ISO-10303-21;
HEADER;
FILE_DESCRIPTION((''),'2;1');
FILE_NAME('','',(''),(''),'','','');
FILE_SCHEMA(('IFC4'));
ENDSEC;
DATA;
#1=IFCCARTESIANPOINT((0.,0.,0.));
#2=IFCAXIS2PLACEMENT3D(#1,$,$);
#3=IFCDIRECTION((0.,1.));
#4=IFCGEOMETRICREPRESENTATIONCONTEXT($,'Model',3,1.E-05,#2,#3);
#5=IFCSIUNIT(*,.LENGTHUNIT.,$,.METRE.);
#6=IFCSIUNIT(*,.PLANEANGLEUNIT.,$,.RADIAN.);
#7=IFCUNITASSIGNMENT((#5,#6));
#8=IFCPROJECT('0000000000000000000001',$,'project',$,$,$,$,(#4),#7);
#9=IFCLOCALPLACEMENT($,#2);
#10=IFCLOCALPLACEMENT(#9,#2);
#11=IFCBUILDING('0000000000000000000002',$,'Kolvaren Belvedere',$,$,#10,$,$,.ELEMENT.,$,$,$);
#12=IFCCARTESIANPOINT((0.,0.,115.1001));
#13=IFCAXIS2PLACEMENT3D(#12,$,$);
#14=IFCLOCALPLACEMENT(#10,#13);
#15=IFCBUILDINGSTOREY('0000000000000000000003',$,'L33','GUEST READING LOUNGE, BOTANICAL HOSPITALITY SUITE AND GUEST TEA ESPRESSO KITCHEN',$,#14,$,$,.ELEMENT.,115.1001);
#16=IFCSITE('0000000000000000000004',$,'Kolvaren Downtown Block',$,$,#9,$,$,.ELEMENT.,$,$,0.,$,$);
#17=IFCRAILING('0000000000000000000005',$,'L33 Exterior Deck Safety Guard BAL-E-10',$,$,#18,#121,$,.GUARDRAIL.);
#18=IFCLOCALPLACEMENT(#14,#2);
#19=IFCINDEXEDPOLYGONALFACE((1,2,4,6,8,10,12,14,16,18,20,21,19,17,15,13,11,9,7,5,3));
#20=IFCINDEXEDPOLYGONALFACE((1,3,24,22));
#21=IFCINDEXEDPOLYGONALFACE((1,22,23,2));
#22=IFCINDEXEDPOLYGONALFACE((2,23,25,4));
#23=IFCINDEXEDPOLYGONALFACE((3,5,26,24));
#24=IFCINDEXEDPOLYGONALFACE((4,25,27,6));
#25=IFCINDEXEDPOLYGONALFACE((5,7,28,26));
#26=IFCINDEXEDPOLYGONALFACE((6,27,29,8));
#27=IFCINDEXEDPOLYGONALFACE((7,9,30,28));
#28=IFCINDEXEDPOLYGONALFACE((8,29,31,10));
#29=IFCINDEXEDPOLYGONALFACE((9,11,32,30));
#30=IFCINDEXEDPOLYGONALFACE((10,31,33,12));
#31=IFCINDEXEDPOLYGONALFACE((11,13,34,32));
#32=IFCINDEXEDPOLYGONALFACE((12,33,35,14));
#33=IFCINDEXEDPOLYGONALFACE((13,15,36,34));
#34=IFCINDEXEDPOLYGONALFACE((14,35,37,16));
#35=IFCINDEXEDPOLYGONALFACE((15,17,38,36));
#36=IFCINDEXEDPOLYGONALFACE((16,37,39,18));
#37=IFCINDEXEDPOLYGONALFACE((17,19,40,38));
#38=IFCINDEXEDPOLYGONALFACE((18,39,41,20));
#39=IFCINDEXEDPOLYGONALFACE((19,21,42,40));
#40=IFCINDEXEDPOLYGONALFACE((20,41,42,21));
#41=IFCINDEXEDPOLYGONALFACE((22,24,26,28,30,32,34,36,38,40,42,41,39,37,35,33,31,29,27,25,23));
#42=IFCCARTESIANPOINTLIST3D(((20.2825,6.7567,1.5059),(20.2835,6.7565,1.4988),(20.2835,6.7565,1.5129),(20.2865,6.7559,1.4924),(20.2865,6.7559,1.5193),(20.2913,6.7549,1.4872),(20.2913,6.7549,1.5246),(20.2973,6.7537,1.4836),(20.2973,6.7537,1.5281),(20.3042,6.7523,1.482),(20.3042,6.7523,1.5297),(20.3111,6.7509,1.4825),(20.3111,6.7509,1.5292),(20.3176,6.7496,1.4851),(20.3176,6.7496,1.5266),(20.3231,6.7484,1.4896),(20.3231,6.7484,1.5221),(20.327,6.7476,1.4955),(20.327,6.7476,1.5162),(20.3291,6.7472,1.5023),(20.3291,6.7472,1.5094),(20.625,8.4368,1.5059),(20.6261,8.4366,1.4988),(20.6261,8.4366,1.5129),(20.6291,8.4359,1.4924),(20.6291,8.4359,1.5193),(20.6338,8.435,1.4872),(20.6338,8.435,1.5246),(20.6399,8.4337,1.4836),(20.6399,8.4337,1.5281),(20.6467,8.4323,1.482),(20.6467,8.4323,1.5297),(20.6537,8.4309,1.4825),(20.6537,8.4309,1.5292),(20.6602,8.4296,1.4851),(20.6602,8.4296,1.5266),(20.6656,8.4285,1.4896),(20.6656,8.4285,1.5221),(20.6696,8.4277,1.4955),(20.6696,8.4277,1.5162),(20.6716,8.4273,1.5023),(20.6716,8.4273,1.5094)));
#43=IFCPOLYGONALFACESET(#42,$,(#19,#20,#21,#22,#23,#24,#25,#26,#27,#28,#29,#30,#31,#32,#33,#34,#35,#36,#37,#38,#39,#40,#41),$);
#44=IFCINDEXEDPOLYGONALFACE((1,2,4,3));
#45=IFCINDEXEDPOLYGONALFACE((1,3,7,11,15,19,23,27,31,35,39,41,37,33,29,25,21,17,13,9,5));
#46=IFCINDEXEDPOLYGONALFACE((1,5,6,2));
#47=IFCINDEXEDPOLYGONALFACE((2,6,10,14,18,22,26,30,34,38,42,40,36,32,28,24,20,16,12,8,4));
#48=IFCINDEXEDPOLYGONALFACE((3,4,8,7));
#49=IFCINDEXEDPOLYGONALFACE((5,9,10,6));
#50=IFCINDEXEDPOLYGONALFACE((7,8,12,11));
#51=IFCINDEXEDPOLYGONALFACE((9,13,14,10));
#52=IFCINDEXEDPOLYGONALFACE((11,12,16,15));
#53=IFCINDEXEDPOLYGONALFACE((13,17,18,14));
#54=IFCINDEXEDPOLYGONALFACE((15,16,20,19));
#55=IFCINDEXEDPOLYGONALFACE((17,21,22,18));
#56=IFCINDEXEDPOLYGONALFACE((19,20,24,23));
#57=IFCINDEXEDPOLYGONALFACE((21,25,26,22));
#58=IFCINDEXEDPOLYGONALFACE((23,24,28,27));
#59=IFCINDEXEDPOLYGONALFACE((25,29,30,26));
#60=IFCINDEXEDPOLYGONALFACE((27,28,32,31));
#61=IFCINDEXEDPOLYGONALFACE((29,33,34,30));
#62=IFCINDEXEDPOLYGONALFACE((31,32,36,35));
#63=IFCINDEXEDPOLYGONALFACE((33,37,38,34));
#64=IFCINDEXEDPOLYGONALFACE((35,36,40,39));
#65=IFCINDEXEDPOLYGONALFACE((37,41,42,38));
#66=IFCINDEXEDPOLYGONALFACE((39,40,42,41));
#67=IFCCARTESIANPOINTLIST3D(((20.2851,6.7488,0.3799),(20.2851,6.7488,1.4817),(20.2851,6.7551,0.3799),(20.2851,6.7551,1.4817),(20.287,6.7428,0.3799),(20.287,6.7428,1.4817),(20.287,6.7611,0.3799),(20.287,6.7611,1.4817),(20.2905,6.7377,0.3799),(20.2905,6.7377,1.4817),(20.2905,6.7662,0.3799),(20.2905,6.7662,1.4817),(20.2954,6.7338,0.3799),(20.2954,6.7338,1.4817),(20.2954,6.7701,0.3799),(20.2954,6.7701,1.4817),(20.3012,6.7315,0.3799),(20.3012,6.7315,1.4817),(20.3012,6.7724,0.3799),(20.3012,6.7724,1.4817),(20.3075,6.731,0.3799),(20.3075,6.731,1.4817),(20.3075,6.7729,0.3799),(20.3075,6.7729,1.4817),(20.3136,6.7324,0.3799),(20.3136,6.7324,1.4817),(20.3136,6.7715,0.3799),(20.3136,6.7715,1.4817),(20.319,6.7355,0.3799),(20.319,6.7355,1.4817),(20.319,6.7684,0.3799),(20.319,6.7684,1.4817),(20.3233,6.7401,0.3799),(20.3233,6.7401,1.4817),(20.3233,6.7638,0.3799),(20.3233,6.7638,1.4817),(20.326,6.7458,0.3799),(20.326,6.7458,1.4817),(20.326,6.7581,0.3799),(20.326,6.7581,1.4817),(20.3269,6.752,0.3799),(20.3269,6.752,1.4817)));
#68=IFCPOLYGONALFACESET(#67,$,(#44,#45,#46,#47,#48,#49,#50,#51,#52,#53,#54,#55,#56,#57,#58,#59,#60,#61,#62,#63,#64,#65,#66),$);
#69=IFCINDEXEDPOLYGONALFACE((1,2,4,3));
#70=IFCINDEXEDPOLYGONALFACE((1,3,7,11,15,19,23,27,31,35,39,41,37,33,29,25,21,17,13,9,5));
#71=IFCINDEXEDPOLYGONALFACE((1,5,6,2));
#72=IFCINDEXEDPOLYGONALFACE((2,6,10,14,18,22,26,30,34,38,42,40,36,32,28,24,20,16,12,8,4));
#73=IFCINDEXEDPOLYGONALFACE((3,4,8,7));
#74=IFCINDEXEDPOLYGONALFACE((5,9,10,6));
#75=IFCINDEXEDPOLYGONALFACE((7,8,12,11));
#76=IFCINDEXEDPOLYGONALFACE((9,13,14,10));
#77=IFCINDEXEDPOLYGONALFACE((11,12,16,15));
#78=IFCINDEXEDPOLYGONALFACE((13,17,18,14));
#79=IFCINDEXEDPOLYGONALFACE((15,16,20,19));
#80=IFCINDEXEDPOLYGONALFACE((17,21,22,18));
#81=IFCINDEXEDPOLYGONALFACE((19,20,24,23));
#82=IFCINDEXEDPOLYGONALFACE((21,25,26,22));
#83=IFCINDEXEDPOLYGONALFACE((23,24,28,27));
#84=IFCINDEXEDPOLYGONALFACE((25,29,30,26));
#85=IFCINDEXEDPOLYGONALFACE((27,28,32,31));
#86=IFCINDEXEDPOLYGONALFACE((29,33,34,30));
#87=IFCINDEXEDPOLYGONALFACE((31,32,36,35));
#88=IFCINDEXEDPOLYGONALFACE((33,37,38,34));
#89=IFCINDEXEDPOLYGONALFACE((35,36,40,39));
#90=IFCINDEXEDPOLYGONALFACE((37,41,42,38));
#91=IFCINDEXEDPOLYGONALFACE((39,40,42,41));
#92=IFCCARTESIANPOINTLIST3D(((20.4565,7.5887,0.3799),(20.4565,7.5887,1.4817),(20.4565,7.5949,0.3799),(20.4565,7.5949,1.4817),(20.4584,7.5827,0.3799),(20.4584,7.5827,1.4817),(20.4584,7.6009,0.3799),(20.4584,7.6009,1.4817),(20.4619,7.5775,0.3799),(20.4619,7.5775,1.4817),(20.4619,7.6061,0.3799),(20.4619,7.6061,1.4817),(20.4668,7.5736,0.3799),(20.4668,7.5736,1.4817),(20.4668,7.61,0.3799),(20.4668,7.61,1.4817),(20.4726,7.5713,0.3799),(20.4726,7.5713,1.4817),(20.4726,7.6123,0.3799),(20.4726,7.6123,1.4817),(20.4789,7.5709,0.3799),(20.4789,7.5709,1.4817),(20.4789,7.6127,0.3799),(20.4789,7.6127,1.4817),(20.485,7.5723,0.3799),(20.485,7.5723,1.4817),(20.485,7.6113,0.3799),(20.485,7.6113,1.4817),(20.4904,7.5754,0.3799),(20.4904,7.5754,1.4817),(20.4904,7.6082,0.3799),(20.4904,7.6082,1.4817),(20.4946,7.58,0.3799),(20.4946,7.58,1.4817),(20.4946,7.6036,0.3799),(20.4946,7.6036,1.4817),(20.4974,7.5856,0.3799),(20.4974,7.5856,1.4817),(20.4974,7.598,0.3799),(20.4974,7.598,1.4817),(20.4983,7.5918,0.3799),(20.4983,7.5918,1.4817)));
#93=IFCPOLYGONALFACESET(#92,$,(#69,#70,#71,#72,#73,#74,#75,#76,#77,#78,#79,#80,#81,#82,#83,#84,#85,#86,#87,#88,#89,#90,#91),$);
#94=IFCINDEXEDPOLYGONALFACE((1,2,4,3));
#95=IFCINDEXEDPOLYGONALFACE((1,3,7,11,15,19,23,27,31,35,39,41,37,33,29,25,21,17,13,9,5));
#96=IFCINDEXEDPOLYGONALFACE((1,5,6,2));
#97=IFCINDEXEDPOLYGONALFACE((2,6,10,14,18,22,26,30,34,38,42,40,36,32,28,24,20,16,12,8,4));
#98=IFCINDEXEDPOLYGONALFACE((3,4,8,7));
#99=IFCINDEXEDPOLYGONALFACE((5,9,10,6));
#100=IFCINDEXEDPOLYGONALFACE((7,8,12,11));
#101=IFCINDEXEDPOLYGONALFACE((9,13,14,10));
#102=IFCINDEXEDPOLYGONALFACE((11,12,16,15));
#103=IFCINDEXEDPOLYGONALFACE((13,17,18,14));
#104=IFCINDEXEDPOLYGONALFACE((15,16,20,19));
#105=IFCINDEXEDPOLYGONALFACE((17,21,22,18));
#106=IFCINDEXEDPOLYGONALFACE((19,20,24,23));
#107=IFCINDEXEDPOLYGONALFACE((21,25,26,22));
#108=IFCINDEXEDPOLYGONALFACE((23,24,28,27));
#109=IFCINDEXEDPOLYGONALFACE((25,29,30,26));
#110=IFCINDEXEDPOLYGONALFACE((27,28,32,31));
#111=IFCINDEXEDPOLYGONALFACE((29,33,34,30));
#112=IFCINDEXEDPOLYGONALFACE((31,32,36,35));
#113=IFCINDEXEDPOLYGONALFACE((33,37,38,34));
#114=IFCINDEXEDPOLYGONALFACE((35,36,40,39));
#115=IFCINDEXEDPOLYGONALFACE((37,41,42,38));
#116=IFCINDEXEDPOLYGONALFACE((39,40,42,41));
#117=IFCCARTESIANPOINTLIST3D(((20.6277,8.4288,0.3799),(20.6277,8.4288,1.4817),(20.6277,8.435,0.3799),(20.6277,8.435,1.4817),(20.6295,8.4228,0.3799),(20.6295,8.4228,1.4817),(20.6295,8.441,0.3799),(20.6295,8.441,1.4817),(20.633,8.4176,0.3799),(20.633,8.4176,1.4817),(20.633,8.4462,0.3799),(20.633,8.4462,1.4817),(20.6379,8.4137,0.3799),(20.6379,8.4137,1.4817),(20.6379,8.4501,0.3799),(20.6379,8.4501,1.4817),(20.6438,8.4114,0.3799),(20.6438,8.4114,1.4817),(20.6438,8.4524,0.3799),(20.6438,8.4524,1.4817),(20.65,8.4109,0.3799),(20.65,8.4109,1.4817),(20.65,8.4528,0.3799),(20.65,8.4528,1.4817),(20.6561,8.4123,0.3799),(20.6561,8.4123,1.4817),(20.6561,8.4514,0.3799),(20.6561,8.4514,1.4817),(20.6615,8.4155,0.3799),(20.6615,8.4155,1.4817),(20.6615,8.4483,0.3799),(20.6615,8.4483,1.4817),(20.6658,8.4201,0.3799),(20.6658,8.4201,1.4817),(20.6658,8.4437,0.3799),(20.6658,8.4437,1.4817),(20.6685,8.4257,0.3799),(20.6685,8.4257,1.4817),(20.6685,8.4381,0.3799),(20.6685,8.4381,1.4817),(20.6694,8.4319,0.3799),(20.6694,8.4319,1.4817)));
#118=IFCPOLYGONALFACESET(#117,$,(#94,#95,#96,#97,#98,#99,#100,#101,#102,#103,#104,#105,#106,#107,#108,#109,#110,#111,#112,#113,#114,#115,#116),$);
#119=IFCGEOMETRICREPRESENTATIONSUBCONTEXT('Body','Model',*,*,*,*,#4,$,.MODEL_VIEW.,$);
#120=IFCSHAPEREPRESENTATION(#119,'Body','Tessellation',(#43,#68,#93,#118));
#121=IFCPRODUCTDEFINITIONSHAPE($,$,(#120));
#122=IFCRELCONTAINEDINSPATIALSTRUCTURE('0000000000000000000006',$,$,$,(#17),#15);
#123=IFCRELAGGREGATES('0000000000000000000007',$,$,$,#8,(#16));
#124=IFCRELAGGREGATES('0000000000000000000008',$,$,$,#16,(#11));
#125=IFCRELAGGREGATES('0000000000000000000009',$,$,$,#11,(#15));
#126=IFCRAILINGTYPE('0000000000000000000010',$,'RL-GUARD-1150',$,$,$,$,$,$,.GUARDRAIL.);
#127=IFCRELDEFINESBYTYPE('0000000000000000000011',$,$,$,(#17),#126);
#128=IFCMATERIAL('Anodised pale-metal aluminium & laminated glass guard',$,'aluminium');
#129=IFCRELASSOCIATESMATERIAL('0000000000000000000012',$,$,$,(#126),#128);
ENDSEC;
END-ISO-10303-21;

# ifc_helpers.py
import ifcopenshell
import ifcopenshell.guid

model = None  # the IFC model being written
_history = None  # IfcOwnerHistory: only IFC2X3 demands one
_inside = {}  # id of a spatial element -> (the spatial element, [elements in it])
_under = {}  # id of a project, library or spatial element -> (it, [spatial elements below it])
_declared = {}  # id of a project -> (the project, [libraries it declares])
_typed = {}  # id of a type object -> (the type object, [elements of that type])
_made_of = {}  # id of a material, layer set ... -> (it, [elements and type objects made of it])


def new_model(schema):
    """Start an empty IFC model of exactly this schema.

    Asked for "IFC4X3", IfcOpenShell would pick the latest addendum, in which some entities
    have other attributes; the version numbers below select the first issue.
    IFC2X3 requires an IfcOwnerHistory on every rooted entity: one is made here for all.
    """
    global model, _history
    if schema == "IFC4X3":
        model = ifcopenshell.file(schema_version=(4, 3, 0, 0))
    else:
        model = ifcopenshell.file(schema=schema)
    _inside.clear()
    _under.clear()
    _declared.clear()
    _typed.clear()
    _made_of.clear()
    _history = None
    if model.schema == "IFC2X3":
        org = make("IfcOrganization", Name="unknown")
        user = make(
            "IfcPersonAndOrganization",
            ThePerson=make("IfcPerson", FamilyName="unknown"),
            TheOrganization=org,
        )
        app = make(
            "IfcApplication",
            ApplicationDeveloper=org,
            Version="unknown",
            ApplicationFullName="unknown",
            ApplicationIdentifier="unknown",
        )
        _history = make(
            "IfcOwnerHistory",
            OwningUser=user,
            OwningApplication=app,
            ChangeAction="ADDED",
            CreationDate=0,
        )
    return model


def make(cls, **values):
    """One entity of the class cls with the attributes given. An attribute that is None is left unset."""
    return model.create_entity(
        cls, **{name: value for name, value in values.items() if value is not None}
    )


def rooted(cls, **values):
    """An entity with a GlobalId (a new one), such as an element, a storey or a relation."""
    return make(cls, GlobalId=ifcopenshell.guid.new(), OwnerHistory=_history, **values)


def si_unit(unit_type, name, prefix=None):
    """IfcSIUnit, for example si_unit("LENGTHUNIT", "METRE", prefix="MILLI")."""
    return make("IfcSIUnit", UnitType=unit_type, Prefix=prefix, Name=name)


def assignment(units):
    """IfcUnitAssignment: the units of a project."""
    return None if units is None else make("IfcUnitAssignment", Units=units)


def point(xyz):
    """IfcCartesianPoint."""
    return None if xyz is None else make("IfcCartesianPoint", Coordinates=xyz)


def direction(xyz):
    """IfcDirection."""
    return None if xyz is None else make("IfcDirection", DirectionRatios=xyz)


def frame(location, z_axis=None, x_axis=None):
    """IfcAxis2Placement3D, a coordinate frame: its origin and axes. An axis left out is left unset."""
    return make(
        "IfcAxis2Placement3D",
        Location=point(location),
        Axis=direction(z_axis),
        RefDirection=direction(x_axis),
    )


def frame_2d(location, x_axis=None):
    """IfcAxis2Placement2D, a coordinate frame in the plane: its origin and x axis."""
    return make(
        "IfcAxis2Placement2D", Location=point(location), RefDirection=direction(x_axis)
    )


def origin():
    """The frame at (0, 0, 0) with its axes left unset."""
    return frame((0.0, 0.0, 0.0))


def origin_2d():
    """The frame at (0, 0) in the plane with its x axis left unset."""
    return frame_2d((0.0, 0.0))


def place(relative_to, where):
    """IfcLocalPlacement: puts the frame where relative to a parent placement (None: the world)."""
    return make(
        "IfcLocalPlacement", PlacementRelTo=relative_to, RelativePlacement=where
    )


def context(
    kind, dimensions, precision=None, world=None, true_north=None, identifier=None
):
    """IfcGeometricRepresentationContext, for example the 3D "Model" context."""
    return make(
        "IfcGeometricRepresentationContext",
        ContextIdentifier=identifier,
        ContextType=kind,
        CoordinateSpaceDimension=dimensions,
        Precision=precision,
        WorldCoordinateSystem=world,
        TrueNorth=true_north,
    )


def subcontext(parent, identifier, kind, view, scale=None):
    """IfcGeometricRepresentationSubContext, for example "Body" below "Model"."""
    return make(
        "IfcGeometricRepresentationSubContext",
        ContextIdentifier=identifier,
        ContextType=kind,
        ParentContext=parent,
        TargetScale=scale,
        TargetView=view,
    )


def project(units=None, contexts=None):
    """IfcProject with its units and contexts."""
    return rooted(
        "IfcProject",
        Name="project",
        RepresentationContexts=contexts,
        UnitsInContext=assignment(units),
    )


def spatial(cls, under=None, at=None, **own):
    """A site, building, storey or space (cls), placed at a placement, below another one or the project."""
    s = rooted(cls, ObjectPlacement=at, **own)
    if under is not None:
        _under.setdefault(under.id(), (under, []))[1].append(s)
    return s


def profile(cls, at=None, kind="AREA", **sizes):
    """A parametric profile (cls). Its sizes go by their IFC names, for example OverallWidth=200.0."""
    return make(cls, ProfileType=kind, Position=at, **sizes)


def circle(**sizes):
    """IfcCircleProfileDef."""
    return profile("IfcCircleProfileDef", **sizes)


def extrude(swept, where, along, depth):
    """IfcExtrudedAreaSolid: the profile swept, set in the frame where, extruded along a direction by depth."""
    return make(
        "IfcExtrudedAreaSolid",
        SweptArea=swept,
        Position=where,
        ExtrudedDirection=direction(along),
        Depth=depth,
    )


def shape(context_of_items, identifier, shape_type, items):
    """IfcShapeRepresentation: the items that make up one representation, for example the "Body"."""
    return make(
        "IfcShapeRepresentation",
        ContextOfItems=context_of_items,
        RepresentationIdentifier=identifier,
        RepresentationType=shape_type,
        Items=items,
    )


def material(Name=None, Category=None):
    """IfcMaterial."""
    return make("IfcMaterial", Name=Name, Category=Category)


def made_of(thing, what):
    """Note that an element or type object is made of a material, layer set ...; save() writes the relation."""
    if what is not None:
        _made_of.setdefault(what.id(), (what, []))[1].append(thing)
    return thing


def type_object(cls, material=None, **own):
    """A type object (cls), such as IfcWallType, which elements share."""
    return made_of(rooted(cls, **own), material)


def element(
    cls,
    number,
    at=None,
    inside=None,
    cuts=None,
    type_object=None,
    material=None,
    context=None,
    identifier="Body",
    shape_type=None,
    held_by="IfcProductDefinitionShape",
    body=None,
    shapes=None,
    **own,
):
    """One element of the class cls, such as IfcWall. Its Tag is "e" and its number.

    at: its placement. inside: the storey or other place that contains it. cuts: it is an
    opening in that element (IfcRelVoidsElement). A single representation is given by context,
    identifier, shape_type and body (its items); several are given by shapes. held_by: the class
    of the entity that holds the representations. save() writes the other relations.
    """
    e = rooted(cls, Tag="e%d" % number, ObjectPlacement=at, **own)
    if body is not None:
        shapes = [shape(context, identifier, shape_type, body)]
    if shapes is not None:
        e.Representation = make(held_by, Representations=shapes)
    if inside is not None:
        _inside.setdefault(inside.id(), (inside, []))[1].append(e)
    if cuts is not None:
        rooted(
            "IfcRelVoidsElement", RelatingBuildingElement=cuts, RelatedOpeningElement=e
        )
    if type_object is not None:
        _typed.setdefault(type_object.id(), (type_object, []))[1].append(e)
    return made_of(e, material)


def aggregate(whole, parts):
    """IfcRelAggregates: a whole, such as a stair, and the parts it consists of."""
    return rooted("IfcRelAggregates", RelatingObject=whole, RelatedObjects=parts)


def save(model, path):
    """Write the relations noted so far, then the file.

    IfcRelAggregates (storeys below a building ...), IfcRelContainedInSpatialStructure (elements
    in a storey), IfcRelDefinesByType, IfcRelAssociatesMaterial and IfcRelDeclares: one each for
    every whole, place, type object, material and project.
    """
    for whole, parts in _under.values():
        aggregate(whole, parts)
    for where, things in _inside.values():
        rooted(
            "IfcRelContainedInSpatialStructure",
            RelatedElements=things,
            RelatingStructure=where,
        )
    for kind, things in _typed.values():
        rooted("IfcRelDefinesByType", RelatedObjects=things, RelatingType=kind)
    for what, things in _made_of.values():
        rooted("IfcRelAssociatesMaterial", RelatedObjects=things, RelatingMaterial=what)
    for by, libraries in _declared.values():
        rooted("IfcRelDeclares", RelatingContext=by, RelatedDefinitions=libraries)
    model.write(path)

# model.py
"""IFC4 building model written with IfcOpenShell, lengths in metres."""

from ifc_helpers import new_model, si_unit, direction, frame, origin, origin_2d, place, context, subcontext, project, spatial, circle, extrude, material, type_object, element, save


model = new_model("IFC4")

# Units and contexts
model_context = context("Model", 3, precision=1e-05, world=origin(), true_north=direction((0.0, 1.0)))
body_context = subcontext(model_context, "Body", "Model", "MODEL_VIEW")
ifc_project = project(units=[si_unit("LENGTHUNIT", "METRE"), si_unit("PLANEANGLEUNIT", "RADIAN")], contexts=[model_context])

# Site, building, storey
site_placement = place(None, origin())
site = spatial("IfcSite", under=ifc_project, at=site_placement, Name="Kolvaren Downtown Block", CompositionType="ELEMENT", RefElevation=0.0)
building_placement = place(site_placement, origin())
building = spatial("IfcBuilding", under=site, at=building_placement, Name="Kolvaren Belvedere", CompositionType="ELEMENT")
storey_placement = place(building_placement, frame((0.0, 0.0, 115.1001)))
storey = spatial("IfcBuildingStorey", under=building, at=storey_placement, Name="L33", Description="GUEST READING LOUNGE, BOTANICAL HOSPITALITY SUITE AND GUEST TEA ESPRESSO KITCHEN", CompositionType="ELEMENT", Elevation=115.1001)

# Railing
ifc_material_1 = material(Name="Anodised pale-metal aluminium & laminated glass guard", Category="aluminium")
railing_type = type_object("IfcRailingType", Name="RL-GUARD-1150", PredefinedType="GUARDRAIL", material=ifc_material_1)
railing_1_placement = place(storey_placement, frame((20.3059, 6.752, 0.3799)))
element("IfcRailing", 1, at=railing_1_placement, inside=storey, type_object=railing_type, Name="L33 Exterior Deck Safety Guard BAL-E-10", PredefinedType="GUARDRAIL", context=body_context, shape_type="SweptSolid", body=[
    extrude(circle(Radius=0.0239, at=origin_2d()), frame((0.0, 0.0, 1.126), z_axis=(0.199784, 0.97984, 0.0), x_axis=(-0.97984, 0.199784, 0.0)), (0.0, 0.0, 1.0), 1.7146),
    extrude(circle(Radius=0.021, at=origin_2d()), origin(), (0.0, 0.0, 1.0), 1.1018),
    extrude(circle(Radius=0.021, at=origin_2d()), frame((0.1714, 0.8398, 0.0)), (0.0, 0.0, 1.0), 1.1018),
    extrude(circle(Radius=0.021, at=origin_2d()), frame((0.3425, 1.6799, 0.0)), (0.0, 0.0, 1.0), 1.1018),
])

save(model, "model.ifc")
